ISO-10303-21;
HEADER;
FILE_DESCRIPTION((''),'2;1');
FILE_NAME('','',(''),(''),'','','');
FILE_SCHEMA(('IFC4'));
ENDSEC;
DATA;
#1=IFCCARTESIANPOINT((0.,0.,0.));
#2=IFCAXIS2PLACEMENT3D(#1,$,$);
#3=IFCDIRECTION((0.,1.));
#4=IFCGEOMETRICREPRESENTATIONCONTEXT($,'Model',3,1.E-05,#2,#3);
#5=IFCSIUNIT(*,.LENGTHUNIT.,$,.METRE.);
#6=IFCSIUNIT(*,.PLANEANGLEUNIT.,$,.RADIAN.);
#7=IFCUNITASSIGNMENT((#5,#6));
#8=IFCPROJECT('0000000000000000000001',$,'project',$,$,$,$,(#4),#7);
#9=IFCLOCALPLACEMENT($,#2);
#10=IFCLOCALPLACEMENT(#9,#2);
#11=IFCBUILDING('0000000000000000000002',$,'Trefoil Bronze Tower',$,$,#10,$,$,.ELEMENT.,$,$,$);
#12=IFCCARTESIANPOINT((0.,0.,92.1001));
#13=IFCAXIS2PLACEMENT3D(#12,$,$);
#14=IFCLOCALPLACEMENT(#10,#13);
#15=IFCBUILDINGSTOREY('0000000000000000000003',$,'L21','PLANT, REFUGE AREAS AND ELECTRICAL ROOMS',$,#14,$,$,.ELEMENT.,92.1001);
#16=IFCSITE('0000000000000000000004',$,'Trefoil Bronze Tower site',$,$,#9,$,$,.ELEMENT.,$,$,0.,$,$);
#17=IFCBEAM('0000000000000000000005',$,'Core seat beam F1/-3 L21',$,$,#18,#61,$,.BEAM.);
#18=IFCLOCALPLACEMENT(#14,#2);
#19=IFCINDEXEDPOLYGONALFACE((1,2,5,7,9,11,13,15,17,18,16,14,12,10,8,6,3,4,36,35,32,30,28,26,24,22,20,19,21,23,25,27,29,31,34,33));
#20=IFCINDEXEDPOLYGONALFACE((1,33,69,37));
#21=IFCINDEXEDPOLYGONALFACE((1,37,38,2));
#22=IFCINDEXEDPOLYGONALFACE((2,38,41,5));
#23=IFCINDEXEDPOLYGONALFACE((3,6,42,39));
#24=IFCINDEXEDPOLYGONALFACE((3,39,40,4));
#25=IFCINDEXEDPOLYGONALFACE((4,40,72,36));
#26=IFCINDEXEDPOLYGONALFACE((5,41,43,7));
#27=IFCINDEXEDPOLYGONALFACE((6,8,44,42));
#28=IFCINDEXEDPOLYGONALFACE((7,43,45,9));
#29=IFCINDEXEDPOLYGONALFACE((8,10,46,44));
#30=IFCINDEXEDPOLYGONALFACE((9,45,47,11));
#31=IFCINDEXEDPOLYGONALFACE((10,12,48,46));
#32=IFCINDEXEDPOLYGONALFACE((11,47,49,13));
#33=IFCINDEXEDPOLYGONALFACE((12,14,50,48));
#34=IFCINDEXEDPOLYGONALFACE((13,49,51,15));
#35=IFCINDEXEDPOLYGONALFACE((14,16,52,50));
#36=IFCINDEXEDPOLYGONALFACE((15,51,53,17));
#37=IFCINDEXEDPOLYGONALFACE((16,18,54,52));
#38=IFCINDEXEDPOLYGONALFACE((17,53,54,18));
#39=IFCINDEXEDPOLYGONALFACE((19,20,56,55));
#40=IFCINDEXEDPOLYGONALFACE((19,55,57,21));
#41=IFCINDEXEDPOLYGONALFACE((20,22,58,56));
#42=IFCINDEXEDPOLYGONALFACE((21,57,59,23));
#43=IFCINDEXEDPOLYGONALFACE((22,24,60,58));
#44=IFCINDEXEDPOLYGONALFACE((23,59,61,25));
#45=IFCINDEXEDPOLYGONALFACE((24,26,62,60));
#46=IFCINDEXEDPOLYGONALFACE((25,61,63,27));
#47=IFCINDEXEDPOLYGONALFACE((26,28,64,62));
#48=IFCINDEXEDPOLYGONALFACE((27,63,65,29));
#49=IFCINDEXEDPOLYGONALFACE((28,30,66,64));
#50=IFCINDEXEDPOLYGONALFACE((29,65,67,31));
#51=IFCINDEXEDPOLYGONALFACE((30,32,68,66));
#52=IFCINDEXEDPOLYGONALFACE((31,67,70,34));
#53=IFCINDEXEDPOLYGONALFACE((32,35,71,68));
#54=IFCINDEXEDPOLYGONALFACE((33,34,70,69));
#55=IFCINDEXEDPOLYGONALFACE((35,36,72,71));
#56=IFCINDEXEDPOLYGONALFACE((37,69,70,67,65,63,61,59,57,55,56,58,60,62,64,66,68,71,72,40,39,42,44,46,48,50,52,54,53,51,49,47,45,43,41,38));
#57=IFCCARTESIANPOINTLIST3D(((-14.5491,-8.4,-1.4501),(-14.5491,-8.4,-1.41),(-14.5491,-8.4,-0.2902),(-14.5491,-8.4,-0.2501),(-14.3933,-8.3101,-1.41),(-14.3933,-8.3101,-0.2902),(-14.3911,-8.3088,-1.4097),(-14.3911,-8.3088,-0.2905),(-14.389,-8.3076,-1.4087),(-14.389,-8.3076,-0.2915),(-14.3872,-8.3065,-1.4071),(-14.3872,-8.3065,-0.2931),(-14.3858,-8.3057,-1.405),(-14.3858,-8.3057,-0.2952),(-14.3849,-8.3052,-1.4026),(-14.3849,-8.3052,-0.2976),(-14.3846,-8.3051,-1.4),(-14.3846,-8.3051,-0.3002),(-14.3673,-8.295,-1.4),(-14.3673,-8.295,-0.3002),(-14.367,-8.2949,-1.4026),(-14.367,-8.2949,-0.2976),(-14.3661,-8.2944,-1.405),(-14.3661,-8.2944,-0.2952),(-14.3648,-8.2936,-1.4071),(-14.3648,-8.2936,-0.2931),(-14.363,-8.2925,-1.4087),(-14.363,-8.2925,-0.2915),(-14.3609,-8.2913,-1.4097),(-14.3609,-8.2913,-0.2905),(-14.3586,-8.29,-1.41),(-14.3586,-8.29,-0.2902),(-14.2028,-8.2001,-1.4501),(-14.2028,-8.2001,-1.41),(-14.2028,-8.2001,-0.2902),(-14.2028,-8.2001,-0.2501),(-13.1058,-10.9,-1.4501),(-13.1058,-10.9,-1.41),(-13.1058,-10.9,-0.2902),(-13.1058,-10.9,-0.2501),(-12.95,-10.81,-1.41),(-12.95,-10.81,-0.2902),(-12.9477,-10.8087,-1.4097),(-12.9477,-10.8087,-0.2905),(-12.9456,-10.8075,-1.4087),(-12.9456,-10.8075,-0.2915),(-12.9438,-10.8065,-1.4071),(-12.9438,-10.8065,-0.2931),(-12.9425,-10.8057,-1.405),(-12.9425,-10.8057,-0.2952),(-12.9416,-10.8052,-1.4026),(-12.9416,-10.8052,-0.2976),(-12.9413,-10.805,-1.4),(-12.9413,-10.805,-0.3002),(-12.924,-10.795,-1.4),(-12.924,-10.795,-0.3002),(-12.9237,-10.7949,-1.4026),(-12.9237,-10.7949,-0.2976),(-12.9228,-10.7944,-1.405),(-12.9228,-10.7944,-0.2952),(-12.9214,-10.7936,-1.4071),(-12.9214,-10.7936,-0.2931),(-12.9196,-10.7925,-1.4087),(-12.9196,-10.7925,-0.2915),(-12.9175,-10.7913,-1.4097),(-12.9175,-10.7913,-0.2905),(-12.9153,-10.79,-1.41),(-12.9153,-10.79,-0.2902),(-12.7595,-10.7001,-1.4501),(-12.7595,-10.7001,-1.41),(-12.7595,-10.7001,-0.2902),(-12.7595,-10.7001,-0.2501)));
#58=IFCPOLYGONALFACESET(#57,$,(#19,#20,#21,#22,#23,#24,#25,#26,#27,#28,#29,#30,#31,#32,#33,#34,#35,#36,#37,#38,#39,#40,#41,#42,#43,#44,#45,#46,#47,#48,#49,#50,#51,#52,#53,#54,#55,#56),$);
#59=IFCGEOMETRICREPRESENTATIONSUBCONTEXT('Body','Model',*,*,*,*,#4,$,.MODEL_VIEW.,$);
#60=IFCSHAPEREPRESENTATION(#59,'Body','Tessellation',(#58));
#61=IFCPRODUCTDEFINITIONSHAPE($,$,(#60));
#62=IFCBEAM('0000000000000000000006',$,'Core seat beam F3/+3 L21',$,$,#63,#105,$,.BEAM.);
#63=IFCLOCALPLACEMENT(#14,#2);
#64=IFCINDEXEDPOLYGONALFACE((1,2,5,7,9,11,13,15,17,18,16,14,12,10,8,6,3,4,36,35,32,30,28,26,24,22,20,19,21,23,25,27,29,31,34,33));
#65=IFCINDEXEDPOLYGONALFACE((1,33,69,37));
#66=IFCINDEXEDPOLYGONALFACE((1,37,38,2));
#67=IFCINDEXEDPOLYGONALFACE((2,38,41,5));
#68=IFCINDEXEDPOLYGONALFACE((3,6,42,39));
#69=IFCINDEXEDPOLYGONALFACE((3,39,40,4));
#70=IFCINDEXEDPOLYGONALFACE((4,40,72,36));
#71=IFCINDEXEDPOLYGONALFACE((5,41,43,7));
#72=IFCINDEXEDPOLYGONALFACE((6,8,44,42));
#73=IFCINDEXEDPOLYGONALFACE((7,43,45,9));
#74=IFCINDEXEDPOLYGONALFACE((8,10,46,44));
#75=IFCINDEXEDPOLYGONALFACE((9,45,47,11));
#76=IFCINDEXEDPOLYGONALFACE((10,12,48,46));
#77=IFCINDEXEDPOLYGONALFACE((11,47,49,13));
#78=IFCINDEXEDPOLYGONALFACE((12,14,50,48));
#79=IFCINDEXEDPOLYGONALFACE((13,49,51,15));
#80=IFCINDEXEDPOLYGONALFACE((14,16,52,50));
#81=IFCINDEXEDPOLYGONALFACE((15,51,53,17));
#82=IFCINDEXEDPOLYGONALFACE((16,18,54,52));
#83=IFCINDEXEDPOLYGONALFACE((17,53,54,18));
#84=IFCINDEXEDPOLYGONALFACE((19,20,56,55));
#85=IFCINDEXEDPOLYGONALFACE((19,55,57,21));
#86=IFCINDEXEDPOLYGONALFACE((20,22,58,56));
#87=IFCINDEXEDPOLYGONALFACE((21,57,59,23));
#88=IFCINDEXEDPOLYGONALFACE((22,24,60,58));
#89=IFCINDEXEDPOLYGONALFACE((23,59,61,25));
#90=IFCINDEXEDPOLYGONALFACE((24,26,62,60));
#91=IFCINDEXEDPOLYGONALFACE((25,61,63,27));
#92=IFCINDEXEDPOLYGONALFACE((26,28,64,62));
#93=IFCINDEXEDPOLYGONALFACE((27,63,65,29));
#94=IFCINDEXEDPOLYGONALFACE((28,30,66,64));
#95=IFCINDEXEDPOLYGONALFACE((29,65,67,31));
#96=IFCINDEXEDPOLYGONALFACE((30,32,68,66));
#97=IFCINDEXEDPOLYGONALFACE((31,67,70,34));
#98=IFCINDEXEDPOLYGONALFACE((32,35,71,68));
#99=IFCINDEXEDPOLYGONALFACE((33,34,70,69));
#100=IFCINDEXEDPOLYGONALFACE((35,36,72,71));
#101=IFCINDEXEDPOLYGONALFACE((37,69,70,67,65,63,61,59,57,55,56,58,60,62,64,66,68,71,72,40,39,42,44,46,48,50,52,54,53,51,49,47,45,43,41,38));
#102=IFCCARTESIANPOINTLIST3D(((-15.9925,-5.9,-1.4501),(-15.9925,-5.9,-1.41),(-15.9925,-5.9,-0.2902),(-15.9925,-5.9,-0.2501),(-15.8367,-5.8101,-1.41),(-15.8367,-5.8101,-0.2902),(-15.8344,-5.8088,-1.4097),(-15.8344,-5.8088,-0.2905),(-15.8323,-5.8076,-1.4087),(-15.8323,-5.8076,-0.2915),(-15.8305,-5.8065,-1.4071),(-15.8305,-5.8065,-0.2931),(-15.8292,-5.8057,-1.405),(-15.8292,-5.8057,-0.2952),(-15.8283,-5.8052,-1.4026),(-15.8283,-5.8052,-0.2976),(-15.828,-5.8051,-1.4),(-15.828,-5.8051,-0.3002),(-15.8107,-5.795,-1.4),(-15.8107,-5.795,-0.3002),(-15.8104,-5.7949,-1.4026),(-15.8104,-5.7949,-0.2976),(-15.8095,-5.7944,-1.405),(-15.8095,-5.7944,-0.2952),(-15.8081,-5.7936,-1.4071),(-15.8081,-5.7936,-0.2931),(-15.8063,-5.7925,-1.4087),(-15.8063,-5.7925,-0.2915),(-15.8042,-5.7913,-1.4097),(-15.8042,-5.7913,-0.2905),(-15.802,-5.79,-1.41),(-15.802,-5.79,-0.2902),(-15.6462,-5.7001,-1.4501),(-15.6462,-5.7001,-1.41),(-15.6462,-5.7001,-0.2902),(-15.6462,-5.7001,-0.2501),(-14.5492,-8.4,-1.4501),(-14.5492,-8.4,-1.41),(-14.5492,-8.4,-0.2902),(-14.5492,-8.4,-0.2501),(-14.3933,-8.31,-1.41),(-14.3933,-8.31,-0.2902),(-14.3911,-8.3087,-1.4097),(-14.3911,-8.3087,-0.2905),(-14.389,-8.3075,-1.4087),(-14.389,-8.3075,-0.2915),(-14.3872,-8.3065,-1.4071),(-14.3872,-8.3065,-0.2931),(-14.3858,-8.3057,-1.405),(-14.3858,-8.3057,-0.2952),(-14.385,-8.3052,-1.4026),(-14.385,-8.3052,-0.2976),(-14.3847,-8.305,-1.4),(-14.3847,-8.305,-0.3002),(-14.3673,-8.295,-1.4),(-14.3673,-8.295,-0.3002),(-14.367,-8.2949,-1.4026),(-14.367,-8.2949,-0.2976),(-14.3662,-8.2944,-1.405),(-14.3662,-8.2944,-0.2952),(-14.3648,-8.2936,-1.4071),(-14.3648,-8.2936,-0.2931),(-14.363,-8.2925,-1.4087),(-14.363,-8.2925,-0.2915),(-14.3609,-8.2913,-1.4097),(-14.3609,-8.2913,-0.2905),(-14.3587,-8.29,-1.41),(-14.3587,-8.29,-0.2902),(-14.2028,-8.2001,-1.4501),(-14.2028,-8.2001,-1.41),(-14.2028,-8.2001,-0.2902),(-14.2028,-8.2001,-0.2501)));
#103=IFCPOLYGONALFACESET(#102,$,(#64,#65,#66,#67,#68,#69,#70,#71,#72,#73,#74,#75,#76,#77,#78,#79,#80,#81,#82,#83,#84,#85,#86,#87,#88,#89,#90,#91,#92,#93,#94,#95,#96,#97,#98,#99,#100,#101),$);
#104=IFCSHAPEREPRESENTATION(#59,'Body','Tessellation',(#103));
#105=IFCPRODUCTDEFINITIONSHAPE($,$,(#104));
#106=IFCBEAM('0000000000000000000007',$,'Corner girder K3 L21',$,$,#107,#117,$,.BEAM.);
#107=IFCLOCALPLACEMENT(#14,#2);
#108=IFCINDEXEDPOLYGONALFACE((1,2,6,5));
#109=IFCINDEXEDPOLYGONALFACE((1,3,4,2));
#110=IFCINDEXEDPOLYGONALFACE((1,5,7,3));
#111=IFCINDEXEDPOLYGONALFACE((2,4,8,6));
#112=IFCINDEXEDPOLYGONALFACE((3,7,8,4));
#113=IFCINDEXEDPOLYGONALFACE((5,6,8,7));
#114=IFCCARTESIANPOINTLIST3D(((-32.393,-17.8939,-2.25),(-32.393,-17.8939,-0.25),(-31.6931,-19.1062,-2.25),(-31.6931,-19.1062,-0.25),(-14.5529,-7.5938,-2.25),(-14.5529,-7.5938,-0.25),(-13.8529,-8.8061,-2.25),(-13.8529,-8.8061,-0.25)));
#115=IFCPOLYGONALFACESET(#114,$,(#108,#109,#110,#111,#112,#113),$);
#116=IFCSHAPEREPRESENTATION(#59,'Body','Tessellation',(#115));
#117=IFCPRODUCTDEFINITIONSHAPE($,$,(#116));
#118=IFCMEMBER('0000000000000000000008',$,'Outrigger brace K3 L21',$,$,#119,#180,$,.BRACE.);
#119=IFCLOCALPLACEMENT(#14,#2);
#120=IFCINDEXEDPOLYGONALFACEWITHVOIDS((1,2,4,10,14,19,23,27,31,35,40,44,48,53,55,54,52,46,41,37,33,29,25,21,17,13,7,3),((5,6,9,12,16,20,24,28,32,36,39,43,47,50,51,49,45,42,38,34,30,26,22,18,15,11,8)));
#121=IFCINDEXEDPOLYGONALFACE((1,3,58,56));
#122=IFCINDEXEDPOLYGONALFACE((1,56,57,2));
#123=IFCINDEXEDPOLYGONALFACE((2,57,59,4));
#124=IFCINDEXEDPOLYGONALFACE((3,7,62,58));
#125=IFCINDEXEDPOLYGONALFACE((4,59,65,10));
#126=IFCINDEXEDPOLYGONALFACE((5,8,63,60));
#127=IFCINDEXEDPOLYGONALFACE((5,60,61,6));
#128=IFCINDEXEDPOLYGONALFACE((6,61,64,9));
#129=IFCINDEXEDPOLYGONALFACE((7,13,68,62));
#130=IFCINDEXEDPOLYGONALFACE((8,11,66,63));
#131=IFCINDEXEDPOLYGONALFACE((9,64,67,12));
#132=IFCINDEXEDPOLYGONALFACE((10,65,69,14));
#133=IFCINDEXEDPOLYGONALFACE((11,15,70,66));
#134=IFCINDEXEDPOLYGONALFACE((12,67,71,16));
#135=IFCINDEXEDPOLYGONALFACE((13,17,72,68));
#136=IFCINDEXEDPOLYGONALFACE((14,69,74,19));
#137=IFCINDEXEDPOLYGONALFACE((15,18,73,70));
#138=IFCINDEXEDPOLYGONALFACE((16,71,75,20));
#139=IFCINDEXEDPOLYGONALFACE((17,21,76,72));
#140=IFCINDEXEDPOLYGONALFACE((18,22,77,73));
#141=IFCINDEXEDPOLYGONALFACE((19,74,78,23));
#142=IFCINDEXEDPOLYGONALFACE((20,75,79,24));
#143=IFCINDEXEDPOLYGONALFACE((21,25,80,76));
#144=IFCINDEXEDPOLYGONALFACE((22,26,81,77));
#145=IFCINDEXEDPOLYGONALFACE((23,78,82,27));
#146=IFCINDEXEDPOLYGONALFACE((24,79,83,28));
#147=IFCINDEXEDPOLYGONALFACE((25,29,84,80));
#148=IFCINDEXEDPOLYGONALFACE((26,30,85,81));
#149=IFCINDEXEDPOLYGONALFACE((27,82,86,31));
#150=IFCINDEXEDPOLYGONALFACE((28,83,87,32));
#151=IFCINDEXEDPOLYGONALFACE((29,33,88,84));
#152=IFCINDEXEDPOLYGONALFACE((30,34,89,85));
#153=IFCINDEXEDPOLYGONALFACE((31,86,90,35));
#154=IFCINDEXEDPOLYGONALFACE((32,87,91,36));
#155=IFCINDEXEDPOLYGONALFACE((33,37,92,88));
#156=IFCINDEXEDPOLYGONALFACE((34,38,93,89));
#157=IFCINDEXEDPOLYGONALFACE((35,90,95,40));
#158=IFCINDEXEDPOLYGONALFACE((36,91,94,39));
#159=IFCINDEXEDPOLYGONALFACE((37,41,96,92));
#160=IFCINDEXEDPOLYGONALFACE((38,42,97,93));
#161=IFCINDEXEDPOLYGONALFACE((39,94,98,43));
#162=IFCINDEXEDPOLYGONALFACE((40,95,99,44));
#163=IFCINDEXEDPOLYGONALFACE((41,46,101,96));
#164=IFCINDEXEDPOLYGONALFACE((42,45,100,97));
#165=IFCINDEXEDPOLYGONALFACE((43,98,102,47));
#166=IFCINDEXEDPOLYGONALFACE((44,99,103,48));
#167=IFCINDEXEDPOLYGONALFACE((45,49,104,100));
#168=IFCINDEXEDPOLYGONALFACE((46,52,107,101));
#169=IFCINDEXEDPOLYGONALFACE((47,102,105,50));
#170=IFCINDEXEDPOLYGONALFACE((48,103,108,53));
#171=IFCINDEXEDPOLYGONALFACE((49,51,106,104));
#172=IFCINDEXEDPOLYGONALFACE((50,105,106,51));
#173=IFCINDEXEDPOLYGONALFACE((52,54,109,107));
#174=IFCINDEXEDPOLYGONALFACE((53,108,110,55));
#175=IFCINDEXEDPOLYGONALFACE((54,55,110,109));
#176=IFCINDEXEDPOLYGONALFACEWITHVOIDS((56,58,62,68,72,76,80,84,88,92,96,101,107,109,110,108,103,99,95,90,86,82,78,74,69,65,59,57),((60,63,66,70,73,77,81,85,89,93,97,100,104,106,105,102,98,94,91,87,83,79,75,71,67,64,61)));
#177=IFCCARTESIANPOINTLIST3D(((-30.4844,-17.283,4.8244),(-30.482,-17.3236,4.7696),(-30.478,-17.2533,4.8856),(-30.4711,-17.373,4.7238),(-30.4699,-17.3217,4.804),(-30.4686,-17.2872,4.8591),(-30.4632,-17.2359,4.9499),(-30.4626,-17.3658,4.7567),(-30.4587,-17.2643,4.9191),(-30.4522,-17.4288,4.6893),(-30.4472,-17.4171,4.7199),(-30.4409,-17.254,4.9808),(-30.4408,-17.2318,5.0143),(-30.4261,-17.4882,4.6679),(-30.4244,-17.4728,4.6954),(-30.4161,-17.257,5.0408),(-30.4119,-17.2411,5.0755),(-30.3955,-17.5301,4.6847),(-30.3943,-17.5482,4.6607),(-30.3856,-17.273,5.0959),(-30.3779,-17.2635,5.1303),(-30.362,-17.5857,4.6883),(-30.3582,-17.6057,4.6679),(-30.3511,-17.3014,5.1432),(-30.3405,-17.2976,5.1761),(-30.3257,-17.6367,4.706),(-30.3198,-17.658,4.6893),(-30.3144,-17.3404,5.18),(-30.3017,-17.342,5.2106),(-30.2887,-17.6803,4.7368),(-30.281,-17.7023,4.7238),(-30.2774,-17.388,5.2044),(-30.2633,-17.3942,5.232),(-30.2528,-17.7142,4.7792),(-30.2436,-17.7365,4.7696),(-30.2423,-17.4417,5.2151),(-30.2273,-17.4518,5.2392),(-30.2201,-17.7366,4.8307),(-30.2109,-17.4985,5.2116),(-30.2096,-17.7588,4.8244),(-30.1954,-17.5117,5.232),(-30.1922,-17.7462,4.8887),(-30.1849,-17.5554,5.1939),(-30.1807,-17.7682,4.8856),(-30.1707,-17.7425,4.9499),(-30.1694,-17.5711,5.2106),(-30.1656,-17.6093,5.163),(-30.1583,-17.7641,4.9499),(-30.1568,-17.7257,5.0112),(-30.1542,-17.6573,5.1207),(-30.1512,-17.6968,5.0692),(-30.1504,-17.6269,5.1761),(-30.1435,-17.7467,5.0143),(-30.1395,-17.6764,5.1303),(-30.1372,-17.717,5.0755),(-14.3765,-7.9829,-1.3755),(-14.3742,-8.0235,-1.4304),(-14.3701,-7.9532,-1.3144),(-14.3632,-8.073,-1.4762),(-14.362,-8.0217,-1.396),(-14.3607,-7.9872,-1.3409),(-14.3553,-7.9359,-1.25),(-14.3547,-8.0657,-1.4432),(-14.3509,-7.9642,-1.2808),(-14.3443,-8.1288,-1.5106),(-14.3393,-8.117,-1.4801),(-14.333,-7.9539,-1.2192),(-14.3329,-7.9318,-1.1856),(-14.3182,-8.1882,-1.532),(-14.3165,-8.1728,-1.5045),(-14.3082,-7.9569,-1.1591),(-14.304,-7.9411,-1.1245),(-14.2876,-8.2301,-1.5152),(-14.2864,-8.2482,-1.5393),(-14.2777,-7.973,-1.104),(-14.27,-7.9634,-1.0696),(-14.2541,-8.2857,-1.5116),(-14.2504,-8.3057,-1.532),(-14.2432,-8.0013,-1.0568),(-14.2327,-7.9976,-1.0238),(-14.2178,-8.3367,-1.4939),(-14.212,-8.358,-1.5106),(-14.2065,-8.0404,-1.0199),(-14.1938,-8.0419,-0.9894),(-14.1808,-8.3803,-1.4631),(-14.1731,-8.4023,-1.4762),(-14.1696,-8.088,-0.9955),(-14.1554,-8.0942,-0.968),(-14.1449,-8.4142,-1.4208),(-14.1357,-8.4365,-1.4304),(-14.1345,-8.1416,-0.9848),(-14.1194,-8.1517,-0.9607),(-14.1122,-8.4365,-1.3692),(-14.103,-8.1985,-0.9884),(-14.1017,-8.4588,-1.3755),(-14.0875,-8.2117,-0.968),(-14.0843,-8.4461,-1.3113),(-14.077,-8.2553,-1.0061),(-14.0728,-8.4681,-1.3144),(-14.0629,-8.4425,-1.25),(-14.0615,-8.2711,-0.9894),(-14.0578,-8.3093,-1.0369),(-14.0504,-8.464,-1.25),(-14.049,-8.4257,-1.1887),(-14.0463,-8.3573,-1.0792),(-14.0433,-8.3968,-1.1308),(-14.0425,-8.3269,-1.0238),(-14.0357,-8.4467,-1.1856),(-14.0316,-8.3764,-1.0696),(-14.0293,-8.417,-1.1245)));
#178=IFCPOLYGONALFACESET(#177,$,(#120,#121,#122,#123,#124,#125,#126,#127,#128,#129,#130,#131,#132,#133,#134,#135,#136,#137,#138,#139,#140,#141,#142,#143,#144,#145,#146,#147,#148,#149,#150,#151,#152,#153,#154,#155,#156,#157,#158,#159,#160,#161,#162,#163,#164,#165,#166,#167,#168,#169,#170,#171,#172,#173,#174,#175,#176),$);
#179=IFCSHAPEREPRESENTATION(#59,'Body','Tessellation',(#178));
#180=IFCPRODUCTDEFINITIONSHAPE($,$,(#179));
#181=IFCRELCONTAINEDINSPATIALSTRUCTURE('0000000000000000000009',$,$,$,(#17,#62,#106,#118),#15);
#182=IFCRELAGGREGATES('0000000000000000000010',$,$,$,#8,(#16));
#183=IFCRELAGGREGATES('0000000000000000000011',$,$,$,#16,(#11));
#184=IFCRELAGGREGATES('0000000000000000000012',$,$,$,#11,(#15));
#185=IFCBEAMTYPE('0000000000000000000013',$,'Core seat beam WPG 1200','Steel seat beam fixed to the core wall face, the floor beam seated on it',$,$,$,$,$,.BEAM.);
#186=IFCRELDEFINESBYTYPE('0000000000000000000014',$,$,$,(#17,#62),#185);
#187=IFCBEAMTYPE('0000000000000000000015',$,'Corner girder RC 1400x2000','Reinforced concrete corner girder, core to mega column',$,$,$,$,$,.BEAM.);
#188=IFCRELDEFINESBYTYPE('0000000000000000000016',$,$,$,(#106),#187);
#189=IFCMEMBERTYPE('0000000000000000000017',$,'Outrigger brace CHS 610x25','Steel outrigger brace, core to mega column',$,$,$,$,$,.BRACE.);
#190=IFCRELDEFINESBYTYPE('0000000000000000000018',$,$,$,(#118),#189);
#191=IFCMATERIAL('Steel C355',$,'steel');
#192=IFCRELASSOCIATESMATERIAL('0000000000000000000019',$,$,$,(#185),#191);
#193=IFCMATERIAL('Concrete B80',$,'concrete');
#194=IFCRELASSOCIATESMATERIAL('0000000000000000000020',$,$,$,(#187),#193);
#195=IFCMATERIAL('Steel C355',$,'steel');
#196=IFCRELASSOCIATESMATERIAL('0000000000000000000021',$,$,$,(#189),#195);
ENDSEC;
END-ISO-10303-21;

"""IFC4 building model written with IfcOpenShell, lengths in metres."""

from ifc_helpers import new_model, si_unit, direction, frame, origin, origin_2d, place, context, subcontext, project, spatial, rectangle, hollow_circle, i_section, extrude, material, material_profile, profile_set, type_object, element, save


model = new_model("IFC4")

# Units and contexts
model_context = context("Model", 3, precision=1e-05, world=origin(), true_north=direction((0.0, 1.0)))
body_context = subcontext(model_context, "Body", "Model", "MODEL_VIEW")
ifc_project = project(units=[si_unit("LENGTHUNIT", "METRE"), si_unit("PLANEANGLEUNIT", "RADIAN")], contexts=[model_context])

# Site, building, storey
site_placement = place(None, origin())
site = spatial("IfcSite", under=ifc_project, at=site_placement, Name="Trefoil Bronze Tower site", CompositionType="ELEMENT", RefElevation=0.0)
building_placement = place(site_placement, origin())
building = spatial("IfcBuilding", under=site, at=building_placement, Name="Trefoil Bronze Tower", CompositionType="ELEMENT")
storey_placement = place(building_placement, frame((0.0, 0.0, 92.1001)))
storey = spatial("IfcBuildingStorey", under=building, at=storey_placement, Name="L21", Description="PLANT, REFUGE AREAS AND ELECTRICAL ROOMS", CompositionType="ELEMENT", Elevation=92.1001)

# Beams
ifc_material_1 = material(Name="Steel C355", Category="steel")
ifc_material_profile_1 = material_profile(ifc_material_1, i_section(OverallWidth=0.3999, OverallDepth=1.2, WebThickness=0.02, FlangeThickness=0.04, FilletRadius=0.01, at=origin_2d()), Name="WPG 1200")
ifc_profile_set_1 = profile_set([ifc_material_profile_1], Name="Steel C355")
beam_type_1 = type_object("IfcBeamType", Name="Core seat beam WPG 1200", Description="Steel seat beam fixed to the core wall face, the floor beam seated on it", PredefinedType="BEAM", material=ifc_profile_set_1)
for number, where, z_axis, x_axis, name in (
    (1, (-14.376, -8.3, -0.8501), (0.499996, -0.866028, 0.0), (0.866028, 0.499996, 0.0), "Core seat beam F1/-3 L21"),
    (2, (-15.8193, -5.8, -0.8501), (0.499996, -0.866028, 0.0), (0.866028, 0.499996, 0.0), "Core seat beam F3/+3 L21"),
):
    element("IfcBeam", number, at=place(storey_placement, frame(where, z_axis=z_axis, x_axis=x_axis)), inside=storey, type_object=beam_type_1, Name=name, PredefinedType="BEAM", context=body_context, shape_type="SweptSolid", body=[
        extrude(i_section(OverallWidth=0.3999, OverallDepth=1.2, WebThickness=0.02, FlangeThickness=0.04, FilletRadius=0.01, at=origin_2d()), origin(), (0.0, 0.0, 1.0), 2.8867),
    ])
ifc_material_2 = material(Name="Concrete B80", Category="concrete")
ifc_material_profile_2 = material_profile(ifc_material_2, rectangle(XDim=1.3999, YDim=2.0, at=origin_2d()), Name="RC 1400x2000")
ifc_profile_set_2 = profile_set([ifc_material_profile_2], Name="Concrete B80")
beam_type_2 = type_object("IfcBeamType", Name="Corner girder RC 1400x2000", Description="Reinforced concrete corner girder, core to mega column", PredefinedType="BEAM", material=ifc_profile_set_2)
beam_placement = place(storey_placement, frame((-14.2029, -8.2, -1.25), z_axis=(-0.866024, -0.500003, 0.0), x_axis=(0.500003, -0.866024, 0.0)))
element("IfcBeam", 3, at=beam_placement, inside=storey, type_object=beam_type_2, Name="Corner girder K3 L21", PredefinedType="BEAM", context=body_context, shape_type="SweptSolid", body=[
    extrude(rectangle(XDim=1.3999, YDim=2.0, at=origin_2d()), origin(), (0.0, 0.0, 1.0), 20.6001),
])

# Member
ifc_material_3 = material(Name="Steel C355", Category="steel")
ifc_material_profile_3 = material_profile(ifc_material_3, hollow_circle(Radius=0.3049, WallThickness=0.0249, at=origin_2d()), Name="CHS 610x25")
ifc_profile_set_3 = profile_set([ifc_material_profile_3], Name="Steel C355")
member_type_1 = type_object("IfcMemberType", Name="Outrigger brace CHS 610x25", Description="Steel outrigger brace, core to mega column", PredefinedType="BRACE", material=ifc_profile_set_3)
member_1_placement = place(storey_placement, frame((-14.2029, -8.2, -1.25), z_axis=(-0.821581, -0.474347, 0.316227), x_axis=(0.500006, -0.866022, 0.0)))
element("IfcMember", 4, at=member_1_placement, inside=storey, type_object=member_type_1, Name="Outrigger brace K3 L21", PredefinedType="BRACE", context=body_context, shape_type="SweptSolid", body=[
    extrude(hollow_circle(Radius=0.3049, WallThickness=0.0249, at=origin_2d()), origin(), (0.0, 0.0, 1.0), 19.606),
])

save(model, "model.ifc")
